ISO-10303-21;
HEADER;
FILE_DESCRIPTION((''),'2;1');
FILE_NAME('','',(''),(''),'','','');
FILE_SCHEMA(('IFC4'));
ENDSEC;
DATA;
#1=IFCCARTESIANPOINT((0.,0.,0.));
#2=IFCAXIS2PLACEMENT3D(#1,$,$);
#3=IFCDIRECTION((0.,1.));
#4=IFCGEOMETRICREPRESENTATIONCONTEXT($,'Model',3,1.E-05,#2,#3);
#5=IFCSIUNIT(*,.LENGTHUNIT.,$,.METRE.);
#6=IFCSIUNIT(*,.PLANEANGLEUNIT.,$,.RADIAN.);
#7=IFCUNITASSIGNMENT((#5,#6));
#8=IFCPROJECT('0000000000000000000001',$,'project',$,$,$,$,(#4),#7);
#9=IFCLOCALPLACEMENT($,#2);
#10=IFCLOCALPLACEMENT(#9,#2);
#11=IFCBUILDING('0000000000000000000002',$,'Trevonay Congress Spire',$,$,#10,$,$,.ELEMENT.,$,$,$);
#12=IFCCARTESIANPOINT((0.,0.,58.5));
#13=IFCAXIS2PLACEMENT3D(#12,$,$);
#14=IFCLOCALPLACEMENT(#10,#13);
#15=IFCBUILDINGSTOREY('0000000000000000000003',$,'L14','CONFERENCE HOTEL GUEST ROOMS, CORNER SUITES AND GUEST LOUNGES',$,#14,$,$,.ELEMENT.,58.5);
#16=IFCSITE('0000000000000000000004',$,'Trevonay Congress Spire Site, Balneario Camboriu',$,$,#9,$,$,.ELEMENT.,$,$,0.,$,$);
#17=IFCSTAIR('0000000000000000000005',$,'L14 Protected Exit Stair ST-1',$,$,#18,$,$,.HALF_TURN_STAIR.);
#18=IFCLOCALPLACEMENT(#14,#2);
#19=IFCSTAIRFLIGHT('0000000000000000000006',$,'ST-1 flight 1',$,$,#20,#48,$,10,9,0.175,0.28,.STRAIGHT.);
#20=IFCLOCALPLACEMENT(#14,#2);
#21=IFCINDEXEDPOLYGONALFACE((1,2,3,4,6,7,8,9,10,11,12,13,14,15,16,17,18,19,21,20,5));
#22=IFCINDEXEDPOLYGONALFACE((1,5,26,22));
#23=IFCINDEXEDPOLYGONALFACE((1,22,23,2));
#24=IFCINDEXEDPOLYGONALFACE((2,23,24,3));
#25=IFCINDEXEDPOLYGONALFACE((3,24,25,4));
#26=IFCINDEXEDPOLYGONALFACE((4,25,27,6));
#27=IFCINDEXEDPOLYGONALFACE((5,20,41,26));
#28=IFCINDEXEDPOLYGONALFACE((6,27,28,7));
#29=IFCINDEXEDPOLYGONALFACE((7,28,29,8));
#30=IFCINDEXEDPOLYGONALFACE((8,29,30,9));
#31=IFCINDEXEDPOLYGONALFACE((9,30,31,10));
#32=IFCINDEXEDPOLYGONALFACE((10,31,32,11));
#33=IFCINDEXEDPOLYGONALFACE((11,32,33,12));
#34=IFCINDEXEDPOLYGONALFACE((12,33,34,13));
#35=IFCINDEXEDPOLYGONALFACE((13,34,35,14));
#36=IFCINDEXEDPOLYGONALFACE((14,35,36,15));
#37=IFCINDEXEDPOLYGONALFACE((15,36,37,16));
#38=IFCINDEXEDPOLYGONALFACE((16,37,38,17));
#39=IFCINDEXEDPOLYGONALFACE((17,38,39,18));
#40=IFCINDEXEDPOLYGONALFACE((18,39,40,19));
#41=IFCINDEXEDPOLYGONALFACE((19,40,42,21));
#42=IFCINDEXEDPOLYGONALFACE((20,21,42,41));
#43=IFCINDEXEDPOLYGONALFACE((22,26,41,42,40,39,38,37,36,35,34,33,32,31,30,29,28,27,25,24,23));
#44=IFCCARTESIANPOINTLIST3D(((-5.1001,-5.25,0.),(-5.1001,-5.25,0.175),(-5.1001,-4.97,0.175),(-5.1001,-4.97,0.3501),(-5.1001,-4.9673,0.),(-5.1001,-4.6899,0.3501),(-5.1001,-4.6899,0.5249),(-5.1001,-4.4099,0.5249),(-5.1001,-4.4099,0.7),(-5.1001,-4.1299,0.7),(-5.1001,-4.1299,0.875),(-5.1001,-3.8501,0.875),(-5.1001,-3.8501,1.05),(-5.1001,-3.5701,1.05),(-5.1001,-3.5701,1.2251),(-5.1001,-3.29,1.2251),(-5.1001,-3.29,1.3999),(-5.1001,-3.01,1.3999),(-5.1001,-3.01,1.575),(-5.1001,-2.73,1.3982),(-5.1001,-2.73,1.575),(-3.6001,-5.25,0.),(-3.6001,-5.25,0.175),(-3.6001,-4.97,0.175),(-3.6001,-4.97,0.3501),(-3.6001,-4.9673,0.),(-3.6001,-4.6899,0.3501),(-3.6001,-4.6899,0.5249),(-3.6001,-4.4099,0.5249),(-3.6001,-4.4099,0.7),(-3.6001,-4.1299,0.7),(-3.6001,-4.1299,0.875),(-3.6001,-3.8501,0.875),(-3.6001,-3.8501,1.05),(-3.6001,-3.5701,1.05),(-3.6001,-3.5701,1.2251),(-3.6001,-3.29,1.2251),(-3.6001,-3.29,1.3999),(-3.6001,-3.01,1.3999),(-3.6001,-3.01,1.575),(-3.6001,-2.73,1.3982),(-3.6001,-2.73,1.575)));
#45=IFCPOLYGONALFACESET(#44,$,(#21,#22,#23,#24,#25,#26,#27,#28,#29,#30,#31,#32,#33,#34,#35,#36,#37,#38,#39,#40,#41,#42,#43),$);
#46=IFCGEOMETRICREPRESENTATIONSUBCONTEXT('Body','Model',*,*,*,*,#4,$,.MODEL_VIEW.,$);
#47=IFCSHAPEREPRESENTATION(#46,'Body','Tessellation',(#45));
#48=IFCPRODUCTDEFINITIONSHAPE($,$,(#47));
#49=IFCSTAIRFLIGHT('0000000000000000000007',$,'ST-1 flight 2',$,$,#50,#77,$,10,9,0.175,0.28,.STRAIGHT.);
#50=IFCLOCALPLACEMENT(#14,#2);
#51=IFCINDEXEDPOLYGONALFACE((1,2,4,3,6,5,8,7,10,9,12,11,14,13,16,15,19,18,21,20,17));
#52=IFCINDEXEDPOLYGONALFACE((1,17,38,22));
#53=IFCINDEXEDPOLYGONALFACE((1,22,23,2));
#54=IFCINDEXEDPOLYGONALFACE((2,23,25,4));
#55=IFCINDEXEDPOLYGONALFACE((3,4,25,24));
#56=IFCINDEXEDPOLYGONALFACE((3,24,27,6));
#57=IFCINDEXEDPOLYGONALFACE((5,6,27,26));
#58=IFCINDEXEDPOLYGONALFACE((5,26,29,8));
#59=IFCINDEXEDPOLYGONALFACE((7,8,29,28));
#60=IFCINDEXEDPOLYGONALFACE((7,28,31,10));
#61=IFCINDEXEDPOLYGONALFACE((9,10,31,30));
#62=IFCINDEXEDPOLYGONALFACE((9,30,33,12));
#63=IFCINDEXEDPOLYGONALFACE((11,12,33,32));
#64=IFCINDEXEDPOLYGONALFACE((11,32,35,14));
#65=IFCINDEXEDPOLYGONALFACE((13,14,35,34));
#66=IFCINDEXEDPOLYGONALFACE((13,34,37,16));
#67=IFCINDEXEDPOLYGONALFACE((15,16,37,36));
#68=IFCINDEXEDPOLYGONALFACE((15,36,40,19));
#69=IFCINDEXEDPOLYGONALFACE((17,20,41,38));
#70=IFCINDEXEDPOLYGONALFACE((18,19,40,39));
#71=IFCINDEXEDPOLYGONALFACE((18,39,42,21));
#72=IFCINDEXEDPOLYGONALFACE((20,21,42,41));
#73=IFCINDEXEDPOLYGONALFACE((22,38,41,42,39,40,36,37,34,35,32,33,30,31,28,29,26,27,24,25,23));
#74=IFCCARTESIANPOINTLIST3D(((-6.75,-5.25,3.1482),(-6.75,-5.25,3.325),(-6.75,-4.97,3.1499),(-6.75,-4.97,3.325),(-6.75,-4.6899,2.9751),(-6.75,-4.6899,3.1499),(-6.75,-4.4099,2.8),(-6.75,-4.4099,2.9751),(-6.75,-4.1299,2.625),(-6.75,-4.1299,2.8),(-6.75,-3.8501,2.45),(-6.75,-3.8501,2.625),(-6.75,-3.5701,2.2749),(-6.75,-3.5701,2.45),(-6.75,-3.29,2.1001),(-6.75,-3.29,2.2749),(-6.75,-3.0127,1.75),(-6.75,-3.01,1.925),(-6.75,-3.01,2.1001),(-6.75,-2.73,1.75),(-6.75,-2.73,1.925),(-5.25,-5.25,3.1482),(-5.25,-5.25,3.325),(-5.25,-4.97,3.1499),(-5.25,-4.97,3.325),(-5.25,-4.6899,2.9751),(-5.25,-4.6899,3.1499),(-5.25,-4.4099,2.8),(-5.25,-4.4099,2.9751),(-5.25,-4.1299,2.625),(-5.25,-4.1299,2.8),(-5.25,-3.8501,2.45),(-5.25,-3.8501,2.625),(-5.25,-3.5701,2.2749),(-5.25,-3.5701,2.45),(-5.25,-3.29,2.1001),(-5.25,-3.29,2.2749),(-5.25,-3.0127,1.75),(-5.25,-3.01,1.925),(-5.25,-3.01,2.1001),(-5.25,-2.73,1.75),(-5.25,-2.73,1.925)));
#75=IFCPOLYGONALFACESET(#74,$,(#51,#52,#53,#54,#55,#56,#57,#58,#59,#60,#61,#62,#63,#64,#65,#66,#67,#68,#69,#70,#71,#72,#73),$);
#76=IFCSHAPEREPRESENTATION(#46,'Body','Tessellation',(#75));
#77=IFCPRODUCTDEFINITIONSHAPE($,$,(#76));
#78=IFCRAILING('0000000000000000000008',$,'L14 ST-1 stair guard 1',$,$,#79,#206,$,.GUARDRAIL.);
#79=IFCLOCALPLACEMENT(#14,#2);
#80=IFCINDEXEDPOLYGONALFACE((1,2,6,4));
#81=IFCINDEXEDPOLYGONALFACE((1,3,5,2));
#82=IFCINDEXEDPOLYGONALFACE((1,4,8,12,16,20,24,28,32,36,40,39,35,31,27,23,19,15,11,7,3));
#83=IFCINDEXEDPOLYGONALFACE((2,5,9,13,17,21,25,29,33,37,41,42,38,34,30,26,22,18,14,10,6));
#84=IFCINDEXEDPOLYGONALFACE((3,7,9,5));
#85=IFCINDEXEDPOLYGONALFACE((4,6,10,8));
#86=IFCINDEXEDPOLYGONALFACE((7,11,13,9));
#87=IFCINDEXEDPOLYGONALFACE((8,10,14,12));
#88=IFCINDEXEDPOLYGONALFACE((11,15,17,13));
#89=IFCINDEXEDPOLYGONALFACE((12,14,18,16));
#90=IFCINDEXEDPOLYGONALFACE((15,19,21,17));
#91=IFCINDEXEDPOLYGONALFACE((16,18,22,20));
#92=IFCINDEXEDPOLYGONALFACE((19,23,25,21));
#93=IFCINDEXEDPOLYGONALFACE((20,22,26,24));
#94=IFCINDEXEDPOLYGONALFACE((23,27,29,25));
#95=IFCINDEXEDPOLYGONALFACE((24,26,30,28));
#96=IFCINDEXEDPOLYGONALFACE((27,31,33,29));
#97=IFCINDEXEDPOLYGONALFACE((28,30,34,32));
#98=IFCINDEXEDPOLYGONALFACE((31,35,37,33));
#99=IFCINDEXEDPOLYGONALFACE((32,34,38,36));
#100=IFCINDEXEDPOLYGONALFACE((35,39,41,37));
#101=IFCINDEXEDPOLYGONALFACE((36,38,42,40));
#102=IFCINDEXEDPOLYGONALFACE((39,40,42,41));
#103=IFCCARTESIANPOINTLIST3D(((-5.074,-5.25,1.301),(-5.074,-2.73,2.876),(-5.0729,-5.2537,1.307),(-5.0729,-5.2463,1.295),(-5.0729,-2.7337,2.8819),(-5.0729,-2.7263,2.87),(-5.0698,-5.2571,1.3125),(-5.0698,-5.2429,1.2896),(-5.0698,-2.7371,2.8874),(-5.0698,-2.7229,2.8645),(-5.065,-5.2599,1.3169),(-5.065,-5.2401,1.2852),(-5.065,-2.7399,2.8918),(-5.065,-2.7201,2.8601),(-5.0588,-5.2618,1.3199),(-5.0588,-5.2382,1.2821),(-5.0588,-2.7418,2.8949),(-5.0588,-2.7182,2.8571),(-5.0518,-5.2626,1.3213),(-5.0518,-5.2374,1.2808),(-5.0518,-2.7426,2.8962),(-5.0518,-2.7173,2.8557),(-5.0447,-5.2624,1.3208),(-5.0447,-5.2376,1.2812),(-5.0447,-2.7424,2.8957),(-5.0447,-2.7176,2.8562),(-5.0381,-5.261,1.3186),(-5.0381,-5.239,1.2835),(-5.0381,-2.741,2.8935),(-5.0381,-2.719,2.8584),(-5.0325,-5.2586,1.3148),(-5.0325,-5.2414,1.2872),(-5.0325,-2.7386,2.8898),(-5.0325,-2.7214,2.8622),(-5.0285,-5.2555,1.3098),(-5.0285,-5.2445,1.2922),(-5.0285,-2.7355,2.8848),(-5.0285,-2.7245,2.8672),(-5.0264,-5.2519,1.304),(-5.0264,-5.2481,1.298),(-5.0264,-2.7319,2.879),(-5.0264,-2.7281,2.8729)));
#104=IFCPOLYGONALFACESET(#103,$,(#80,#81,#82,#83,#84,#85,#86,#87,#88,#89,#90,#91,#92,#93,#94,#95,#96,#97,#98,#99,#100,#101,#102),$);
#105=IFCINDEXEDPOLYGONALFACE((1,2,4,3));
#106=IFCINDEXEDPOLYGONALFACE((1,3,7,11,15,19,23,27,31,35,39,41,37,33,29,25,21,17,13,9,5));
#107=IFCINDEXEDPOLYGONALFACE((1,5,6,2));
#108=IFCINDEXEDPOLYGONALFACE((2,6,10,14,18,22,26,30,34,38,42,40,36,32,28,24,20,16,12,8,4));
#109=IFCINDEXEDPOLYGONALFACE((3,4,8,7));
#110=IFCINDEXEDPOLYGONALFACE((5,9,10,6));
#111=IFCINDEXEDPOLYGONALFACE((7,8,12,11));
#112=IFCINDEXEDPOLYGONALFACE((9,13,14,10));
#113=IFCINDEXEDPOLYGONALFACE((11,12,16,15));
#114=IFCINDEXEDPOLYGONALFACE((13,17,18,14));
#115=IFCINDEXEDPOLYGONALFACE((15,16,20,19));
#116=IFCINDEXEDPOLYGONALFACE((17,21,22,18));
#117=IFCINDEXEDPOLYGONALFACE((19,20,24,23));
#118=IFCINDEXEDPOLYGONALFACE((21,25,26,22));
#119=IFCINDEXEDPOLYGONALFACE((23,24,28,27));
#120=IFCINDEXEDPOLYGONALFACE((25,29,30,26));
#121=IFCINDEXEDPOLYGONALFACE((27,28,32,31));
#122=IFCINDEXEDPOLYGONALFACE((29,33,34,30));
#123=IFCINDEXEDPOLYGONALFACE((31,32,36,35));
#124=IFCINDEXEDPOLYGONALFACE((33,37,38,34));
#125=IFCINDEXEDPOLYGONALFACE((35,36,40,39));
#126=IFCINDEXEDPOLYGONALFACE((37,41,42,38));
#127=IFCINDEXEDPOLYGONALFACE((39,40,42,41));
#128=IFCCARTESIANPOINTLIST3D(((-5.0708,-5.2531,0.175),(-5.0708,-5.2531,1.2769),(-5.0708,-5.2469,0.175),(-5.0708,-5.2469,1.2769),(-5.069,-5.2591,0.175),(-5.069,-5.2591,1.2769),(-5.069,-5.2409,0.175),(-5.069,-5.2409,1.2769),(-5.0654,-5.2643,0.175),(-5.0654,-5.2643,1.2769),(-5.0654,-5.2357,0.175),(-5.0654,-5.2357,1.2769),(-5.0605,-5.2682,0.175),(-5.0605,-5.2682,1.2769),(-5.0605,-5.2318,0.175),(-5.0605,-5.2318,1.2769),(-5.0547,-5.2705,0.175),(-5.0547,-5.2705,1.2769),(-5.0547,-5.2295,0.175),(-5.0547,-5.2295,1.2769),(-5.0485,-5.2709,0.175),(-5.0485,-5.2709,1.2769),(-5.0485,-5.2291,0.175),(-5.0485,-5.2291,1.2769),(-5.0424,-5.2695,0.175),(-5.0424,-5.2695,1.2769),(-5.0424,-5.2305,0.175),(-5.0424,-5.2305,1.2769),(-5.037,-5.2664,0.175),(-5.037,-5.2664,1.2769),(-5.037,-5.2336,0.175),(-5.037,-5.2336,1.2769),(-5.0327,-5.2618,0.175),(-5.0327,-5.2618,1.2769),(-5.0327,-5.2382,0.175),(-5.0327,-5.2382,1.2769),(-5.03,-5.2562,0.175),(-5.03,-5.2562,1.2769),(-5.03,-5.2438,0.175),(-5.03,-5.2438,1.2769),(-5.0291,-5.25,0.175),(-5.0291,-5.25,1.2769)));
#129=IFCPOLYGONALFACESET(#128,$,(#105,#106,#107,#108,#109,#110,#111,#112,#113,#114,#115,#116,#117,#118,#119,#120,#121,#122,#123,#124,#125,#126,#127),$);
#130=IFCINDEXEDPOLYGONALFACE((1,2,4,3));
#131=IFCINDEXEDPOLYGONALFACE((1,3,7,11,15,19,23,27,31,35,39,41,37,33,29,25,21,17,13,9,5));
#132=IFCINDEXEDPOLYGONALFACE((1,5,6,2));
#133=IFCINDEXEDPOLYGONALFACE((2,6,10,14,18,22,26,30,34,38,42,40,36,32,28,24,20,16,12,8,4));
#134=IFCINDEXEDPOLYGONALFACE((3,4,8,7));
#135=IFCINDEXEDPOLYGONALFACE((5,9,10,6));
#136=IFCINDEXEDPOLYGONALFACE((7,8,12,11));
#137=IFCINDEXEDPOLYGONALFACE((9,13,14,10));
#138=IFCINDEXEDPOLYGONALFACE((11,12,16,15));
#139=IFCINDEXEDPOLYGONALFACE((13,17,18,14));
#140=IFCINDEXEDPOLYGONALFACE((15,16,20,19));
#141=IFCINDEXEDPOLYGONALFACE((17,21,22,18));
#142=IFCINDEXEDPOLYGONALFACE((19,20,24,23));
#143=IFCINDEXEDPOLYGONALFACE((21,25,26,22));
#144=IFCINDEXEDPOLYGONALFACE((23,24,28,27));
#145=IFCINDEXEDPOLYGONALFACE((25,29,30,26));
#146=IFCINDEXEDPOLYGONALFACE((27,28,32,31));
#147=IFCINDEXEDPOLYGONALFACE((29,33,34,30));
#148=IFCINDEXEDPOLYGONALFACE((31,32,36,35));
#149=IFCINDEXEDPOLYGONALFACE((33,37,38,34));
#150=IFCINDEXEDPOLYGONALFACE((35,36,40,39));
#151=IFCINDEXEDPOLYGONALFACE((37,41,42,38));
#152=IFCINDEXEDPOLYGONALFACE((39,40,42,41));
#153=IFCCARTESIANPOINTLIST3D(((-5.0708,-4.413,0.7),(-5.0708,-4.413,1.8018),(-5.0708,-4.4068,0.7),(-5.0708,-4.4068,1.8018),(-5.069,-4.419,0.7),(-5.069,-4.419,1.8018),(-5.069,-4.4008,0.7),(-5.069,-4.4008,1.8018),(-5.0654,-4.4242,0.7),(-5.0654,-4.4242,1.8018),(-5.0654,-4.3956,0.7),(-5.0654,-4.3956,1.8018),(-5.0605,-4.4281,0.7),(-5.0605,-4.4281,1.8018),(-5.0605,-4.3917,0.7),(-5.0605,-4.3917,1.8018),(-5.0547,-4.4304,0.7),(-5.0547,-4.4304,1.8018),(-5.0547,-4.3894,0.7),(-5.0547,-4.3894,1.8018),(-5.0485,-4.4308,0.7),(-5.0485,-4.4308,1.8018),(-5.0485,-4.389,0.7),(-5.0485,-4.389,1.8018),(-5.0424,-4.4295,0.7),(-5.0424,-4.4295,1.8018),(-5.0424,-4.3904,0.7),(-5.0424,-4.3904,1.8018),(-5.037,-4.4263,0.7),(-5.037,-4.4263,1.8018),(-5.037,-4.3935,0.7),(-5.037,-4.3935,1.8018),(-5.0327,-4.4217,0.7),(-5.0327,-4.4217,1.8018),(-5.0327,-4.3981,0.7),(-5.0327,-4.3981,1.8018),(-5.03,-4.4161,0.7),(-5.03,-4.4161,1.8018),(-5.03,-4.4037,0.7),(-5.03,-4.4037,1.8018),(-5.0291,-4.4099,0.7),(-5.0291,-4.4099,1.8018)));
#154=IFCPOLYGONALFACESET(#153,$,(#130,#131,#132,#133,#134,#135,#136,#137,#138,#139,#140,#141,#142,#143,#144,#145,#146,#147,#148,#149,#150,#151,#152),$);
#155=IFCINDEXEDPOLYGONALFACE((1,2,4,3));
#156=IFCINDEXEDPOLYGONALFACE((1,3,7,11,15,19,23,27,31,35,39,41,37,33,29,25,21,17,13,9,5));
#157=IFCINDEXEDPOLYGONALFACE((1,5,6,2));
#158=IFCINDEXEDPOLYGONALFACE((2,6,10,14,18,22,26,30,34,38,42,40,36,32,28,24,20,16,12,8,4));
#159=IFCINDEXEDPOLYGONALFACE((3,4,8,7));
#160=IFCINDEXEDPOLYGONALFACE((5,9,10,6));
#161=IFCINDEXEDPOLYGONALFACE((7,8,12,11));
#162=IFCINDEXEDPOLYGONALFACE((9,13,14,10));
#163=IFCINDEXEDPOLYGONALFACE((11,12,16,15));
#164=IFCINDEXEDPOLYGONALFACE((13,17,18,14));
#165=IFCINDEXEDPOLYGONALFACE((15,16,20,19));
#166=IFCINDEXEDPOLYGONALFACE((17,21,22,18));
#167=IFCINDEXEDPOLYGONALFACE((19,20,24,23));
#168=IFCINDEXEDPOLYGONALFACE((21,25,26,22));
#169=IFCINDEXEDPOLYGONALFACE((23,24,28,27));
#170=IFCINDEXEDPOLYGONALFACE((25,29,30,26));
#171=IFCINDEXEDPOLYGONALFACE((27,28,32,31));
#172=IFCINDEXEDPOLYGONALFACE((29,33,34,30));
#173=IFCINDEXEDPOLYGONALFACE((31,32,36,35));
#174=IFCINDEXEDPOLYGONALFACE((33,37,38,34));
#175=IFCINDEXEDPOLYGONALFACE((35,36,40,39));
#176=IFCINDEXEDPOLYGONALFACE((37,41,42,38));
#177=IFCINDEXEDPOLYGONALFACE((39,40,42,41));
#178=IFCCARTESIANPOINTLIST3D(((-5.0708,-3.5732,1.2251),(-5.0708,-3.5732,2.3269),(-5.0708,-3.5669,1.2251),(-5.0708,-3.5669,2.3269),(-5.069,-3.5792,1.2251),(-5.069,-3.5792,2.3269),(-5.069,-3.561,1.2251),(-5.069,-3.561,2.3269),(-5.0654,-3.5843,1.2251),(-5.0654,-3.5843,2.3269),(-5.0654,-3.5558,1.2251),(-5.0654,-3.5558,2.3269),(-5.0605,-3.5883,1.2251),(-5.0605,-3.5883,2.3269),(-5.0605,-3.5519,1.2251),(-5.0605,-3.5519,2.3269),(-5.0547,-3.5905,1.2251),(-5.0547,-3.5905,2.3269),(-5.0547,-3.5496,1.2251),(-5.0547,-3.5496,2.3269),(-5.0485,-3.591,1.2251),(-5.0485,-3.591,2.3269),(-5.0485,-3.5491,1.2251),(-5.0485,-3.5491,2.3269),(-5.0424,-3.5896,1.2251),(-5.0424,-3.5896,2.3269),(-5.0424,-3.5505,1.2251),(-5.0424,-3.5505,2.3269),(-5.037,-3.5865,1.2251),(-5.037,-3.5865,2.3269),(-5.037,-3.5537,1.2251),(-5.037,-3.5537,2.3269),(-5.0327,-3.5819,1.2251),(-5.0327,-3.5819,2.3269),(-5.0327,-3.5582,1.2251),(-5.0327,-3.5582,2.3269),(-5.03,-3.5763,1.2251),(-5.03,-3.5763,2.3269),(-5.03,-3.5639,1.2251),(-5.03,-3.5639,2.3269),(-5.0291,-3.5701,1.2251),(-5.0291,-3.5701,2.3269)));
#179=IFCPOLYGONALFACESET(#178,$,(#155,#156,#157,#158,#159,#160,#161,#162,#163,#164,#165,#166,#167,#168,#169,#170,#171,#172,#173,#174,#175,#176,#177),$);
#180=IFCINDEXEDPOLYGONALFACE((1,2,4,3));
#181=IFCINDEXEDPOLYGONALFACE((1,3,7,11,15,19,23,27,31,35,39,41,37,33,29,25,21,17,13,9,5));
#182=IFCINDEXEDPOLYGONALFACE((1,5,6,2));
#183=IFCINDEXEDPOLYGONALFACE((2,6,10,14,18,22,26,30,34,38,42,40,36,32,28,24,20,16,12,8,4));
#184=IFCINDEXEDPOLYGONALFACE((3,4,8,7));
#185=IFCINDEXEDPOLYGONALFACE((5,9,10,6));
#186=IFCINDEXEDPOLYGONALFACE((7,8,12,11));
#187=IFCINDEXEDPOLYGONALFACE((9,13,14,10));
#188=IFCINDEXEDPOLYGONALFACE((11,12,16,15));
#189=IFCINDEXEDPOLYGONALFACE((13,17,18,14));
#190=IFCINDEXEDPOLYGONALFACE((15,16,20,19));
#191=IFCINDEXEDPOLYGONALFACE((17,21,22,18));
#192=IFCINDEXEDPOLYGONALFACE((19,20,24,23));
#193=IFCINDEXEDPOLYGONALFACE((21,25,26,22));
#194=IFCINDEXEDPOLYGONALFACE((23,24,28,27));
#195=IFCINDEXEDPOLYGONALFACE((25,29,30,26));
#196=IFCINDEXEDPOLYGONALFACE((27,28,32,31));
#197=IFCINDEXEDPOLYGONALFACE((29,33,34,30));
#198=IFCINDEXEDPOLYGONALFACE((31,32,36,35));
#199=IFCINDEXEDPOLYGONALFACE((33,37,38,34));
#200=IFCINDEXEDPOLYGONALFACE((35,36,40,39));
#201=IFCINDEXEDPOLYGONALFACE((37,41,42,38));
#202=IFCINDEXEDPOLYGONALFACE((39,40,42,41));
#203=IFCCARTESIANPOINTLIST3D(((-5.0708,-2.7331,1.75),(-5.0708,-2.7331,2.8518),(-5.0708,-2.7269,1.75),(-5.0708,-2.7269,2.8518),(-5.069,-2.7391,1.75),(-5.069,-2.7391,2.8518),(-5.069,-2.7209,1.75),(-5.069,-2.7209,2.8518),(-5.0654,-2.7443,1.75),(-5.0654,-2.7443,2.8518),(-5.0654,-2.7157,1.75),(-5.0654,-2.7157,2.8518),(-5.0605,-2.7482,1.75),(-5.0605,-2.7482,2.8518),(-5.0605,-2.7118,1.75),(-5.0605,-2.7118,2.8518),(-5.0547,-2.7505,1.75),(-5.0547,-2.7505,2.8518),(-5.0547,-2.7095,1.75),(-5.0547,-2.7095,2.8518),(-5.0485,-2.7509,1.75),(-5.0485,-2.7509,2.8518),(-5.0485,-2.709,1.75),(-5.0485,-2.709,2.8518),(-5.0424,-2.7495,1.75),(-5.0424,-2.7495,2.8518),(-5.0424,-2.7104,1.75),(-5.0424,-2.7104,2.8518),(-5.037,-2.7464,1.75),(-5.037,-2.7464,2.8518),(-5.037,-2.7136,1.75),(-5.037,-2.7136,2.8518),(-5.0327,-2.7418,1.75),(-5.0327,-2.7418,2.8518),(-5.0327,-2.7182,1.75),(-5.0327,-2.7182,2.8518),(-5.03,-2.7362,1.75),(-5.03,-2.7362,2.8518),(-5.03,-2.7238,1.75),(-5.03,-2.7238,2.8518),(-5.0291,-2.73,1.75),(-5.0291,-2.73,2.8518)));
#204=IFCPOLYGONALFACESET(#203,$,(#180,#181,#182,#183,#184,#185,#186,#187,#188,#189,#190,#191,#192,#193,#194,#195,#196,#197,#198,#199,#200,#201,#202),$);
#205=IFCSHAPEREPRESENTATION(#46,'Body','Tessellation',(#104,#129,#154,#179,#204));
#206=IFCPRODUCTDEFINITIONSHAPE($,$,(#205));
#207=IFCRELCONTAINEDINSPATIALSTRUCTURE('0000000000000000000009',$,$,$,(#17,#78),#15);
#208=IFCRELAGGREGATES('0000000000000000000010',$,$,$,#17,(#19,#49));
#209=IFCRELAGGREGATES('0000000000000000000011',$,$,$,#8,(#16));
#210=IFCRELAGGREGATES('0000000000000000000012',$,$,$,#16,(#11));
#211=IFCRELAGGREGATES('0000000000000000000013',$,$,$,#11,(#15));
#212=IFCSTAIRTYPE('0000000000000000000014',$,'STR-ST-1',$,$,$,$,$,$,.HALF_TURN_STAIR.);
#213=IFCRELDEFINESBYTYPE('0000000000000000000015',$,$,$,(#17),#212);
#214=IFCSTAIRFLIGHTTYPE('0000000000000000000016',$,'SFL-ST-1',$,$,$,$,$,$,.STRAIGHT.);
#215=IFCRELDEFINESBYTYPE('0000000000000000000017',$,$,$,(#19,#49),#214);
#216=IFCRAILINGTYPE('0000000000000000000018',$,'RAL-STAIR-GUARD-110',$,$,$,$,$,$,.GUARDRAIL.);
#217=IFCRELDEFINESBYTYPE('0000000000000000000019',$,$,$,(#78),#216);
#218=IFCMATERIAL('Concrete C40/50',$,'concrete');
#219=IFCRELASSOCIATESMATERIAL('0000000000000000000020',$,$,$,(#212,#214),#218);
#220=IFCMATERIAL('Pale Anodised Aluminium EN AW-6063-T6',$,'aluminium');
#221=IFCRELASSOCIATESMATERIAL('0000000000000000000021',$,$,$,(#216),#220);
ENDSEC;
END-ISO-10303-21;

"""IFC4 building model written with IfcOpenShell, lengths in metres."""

from ifc_helpers import new_model, si_unit, direction, frame, origin, origin_2d, place, context, subcontext, project, spatial, polyline, circle, outline, extrude, material, type_object, element, aggregate, save


model = new_model("IFC4")

# Units and contexts
model_context = context("Model", 3, precision=1e-05, world=origin(), true_north=direction((0.0, 1.0)))
body_context = subcontext(model_context, "Body", "Model", "MODEL_VIEW")
ifc_project = project(units=[si_unit("LENGTHUNIT", "METRE"), si_unit("PLANEANGLEUNIT", "RADIAN")], contexts=[model_context])

# Site, building, storey
site_placement = place(None, origin())
site = spatial("IfcSite", under=ifc_project, at=site_placement, Name="Trevonay Congress Spire Site, Balneario Camboriu", CompositionType="ELEMENT", RefElevation=0.0)
building_placement = place(site_placement, origin())
building = spatial("IfcBuilding", under=site, at=building_placement, Name="Trevonay Congress Spire", CompositionType="ELEMENT")
storey_placement = place(building_placement, frame((0.0, 0.0, 58.5)))
storey = spatial("IfcBuildingStorey", under=building, at=storey_placement, Name="L14", Description="CONFERENCE HOTEL GUEST ROOMS, CORNER SUITES AND GUEST LOUNGES", CompositionType="ELEMENT", Elevation=58.5)

# Shared definitions
ifc_material_1 = material(Name="Pale Anodised Aluminium EN AW-6063-T6", Category="aluminium")

# Shared definitions
ifc_material_2 = material(Name="Concrete C40/50", Category="concrete")

# Stair, stair flights
stair_type = type_object("IfcStairType", Name="STR-ST-1", PredefinedType="HALF_TURN_STAIR", material=ifc_material_2)
stair_placement = place(storey_placement, origin())
stair = element("IfcStair", 1, at=stair_placement, inside=storey, type_object=stair_type, Name="L14 Protected Exit Stair ST-1", PredefinedType="HALF_TURN_STAIR")
stair_flight_type = type_object("IfcStairFlightType", Name="SFL-ST-1", PredefinedType="STRAIGHT", material=ifc_material_2)
stair_flight_1_placement = place(storey_placement, frame((-4.3501, -5.25, 0.0), z_axis=(0.0, 0.0, 1.0), x_axis=(0.0, 1.0, 0.0)))
stair_flight_1 = element("IfcStairFlight", 2, at=stair_flight_1_placement, type_object=stair_flight_type, Name="ST-1 flight 1", NumberOfRisers=10, NumberOfTreads=9, PredefinedType="STRAIGHT", RiserHeight=0.175, TreadLength=0.28, context=body_context, shape_type="SweptSolid", body=[
    extrude(outline(polyline([(0.0, 0.0), (0.0, 0.175), (0.28, 0.175), (0.28, 0.3501), (0.5601, 0.3501), (0.5601, 0.5249), (0.8401, 0.5249), (0.8401, 0.7), (1.1201, 0.7), (1.1201, 0.875), (1.3999, 0.875), (1.3999, 1.05), (1.6799, 1.05), (1.6799, 1.2251), (1.96, 1.2251), (1.96, 1.3999), (2.24, 1.3999), (2.24, 1.575), (2.52, 1.575), (2.52, 1.75), (2.52, 1.3982), (0.2827, 0.0), (0.0, 0.0)])), frame((0.0, 0.75, 0.0), z_axis=(0.0, -1.0, 0.0), x_axis=(1.0, 0.0, 0.0)), (0.0, 0.0, 1.0), 1.5),
])
stair_flight_2_placement = place(storey_placement, frame((-6.0, -2.73, 1.75), z_axis=(0.0, 0.0, 1.0), x_axis=(0.0, -1.0, 0.0)))
stair_flight_2 = element("IfcStairFlight", 3, at=stair_flight_2_placement, type_object=stair_flight_type, Name="ST-1 flight 2", NumberOfRisers=10, NumberOfTreads=9, PredefinedType="STRAIGHT", RiserHeight=0.175, TreadLength=0.28, context=body_context, shape_type="SweptSolid", body=[
    extrude(outline(polyline([(0.0, 0.0), (0.0, 0.175), (0.28, 0.175), (0.28, 0.3501), (0.5601, 0.3501), (0.5601, 0.5249), (0.8401, 0.5249), (0.8401, 0.7), (1.1201, 0.7), (1.1201, 0.875), (1.3999, 0.875), (1.3999, 1.05), (1.6799, 1.05), (1.6799, 1.2251), (1.96, 1.2251), (1.96, 1.3999), (2.24, 1.3999), (2.24, 1.575), (2.52, 1.575), (2.52, 1.75), (2.52, 1.3982), (0.2827, 0.0), (0.0, 0.0)])), frame((0.0, 0.75, 0.0), z_axis=(0.0, -1.0, 0.0), x_axis=(1.0, 0.0, 0.0)), (0.0, 0.0, 1.0), 1.5),
])
aggregate(stair, [stair_flight_1, stair_flight_2])

# Railing
railing_type_1 = type_object("IfcRailingType", Name="RAL-STAIR-GUARD-110", PredefinedType="GUARDRAIL", material=ifc_material_1)
railing_1_placement = place(storey_placement, frame((-5.05, -5.25, 0.175)))
element("IfcRailing", 4, at=railing_1_placement, inside=storey, type_object=railing_type_1, Name="L14 ST-1 stair guard 1", PredefinedType="GUARDRAIL", context=body_context, shape_type="SweptSolid", body=[
    extrude(circle(Radius=0.0239, at=origin_2d()), frame((0.0, 0.0, 1.126), z_axis=(0.0, 0.848008, 0.529984), x_axis=(-1.0, 0.0, 0.0)), (0.0, 0.0, 1.0), 2.9717),
    extrude(circle(Radius=0.021, at=origin_2d()), origin(), (0.0, 0.0, 1.0), 1.1018),
    extrude(circle(Radius=0.021, at=origin_2d()), frame((0.0, 0.8401, 0.5249)), (0.0, 0.0, 1.0), 1.1018),
    extrude(circle(Radius=0.021, at=origin_2d()), frame((0.0, 1.6799, 1.05)), (0.0, 0.0, 1.0), 1.1018),
    extrude(circle(Radius=0.021, at=origin_2d()), frame((0.0, 2.52, 1.575)), (0.0, 0.0, 1.0), 1.1018),
])

save(model, "model.ifc")
